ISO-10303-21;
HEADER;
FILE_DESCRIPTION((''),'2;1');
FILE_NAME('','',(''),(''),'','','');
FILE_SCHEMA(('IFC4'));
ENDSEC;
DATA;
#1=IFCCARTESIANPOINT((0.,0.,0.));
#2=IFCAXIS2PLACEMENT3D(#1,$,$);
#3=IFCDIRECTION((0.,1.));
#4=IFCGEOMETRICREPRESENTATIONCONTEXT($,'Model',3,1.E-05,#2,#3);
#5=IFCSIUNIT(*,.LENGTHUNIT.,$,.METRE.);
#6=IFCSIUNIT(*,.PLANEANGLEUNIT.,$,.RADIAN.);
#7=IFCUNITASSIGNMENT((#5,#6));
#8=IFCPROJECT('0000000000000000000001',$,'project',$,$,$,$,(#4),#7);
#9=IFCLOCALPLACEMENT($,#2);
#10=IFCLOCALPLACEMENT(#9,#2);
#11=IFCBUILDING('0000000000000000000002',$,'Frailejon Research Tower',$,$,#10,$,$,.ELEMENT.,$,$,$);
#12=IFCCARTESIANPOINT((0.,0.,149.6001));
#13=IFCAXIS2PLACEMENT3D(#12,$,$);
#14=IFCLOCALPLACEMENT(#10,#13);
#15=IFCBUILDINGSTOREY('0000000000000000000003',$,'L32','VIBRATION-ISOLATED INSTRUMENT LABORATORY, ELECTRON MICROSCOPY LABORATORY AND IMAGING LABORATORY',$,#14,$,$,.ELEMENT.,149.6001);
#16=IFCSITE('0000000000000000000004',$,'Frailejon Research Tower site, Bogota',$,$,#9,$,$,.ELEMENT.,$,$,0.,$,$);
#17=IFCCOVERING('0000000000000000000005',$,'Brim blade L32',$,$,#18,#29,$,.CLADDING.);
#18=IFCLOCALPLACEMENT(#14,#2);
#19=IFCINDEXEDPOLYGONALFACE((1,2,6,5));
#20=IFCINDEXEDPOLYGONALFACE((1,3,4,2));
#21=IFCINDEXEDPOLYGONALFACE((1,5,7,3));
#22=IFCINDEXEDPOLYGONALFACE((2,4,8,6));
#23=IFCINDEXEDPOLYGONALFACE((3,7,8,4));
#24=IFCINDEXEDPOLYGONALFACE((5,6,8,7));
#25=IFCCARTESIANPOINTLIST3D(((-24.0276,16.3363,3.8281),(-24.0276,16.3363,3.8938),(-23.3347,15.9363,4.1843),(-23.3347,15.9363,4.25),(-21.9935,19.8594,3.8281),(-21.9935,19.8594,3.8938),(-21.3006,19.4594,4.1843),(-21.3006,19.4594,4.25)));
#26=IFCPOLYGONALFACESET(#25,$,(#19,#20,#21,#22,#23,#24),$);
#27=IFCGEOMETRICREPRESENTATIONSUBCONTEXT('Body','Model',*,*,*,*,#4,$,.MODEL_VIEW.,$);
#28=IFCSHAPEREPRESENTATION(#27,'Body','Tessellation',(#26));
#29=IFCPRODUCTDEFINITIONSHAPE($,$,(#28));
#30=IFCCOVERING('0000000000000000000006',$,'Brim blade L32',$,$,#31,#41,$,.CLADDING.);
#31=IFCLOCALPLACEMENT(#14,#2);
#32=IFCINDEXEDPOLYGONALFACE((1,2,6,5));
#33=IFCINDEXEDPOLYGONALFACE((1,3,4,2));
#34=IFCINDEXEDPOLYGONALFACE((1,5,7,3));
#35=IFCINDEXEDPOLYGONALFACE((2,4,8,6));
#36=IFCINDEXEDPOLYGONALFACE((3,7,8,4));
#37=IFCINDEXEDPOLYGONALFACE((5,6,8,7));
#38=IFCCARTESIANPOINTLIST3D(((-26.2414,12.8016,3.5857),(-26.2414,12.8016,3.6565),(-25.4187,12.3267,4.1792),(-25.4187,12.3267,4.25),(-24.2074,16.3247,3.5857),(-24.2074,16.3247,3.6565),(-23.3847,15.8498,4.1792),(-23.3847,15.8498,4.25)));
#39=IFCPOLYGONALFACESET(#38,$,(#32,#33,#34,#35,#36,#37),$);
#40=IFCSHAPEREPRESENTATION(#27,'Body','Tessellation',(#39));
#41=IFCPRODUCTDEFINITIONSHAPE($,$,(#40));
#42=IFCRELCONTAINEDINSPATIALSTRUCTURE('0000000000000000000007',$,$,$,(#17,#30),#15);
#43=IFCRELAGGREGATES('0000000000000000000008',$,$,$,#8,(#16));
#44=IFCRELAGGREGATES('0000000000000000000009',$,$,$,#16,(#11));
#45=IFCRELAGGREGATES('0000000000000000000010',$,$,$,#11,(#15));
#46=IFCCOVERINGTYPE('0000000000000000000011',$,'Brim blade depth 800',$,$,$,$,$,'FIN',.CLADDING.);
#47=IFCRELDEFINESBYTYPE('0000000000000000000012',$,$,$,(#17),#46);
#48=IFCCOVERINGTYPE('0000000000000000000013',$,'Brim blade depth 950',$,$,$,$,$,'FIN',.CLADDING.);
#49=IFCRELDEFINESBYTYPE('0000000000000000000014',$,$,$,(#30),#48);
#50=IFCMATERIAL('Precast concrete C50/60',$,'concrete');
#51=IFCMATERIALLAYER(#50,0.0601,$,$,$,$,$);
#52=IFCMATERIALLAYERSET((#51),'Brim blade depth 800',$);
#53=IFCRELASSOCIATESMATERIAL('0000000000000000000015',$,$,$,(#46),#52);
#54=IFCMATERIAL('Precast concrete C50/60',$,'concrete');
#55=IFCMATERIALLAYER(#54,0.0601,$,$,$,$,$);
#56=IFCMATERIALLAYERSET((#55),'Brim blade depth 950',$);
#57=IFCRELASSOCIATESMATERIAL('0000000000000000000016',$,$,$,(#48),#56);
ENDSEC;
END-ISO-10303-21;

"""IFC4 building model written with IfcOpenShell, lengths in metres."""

from ifc_helpers import new_model, si_unit, direction, frame, origin, place, context, subcontext, project, spatial, polyline, outline, extrude, material, layer, layer_set, type_object, element, save


model = new_model("IFC4")

# Units and contexts
model_context = context("Model", 3, precision=1e-05, world=origin(), true_north=direction((0.0, 1.0)))
body_context = subcontext(model_context, "Body", "Model", "MODEL_VIEW")
ifc_project = project(units=[si_unit("LENGTHUNIT", "METRE"), si_unit("PLANEANGLEUNIT", "RADIAN")], contexts=[model_context])

# Site, building, storey
site_placement = place(None, origin())
site = spatial("IfcSite", under=ifc_project, at=site_placement, Name="Frailejon Research Tower site, Bogota", CompositionType="ELEMENT", RefElevation=0.0)
building_placement = place(site_placement, origin())
building = spatial("IfcBuilding", under=site, at=building_placement, Name="Frailejon Research Tower", CompositionType="ELEMENT")
storey_placement = place(building_placement, frame((0.0, 0.0, 149.6001)))
storey = spatial("IfcBuildingStorey", under=building, at=storey_placement, Name="L32", Description="VIBRATION-ISOLATED INSTRUMENT LABORATORY, ELECTRON MICROSCOPY LABORATORY AND IMAGING LABORATORY", CompositionType="ELEMENT", Elevation=149.6001)

# Coverings
ifc_material_1 = material(Name="Precast concrete C50/60", Category="concrete")
ifc_layer_1 = layer(ifc_material_1, 0.0601)
ifc_layer_set_1 = layer_set([ifc_layer_1], Name="Brim blade depth 800")
covering_type_1 = type_object("IfcCoveringType", Name="Brim blade depth 800", ElementType="FIN", PredefinedType="CLADDING", material=ifc_layer_set_1)
covering_1_placement = place(storey_placement, frame((-23.3347, 15.9363, 4.25), z_axis=(0.500007, 0.866021, 0.0), x_axis=(-0.866021, 0.500007, 0.0)))
element("IfcCovering", 1, at=covering_1_placement, inside=storey, type_object=covering_type_1, Name="Brim blade L32", PredefinedType="CLADDING", context=body_context, shape_type="SweptSolid", body=[
    extrude(outline(polyline([(0.0, -0.0657), (0.8, -0.4219), (0.8, -0.3562), (0.0, 0.0), (0.0, -0.0657)])), origin(), (0.0, 0.0, 1.0), 4.0681),
])
ifc_material_2 = material(Name="Precast concrete C50/60", Category="concrete")
ifc_layer_2 = layer(ifc_material_2, 0.0601)
ifc_layer_set_2 = layer_set([ifc_layer_2], Name="Brim blade depth 950")
covering_type_2 = type_object("IfcCoveringType", Name="Brim blade depth 950", ElementType="FIN", PredefinedType="CLADDING", material=ifc_layer_set_2)
covering_2_placement = place(storey_placement, frame((-25.4187, 12.3267, 4.25), z_axis=(0.499989, 0.866032, 0.0), x_axis=(-0.866032, 0.499989, 0.0)))
element("IfcCovering", 2, at=covering_2_placement, inside=storey, type_object=covering_type_2, Name="Brim blade L32", PredefinedType="CLADDING", context=body_context, shape_type="SweptSolid", body=[
    extrude(outline(polyline([(0.0, -0.0708), (0.95, -0.6643), (0.95, -0.5935), (0.0, 0.0), (0.0, -0.0708)])), origin(), (0.0, 0.0, 1.0), 4.0681),
])

save(model, "model.ifc")
